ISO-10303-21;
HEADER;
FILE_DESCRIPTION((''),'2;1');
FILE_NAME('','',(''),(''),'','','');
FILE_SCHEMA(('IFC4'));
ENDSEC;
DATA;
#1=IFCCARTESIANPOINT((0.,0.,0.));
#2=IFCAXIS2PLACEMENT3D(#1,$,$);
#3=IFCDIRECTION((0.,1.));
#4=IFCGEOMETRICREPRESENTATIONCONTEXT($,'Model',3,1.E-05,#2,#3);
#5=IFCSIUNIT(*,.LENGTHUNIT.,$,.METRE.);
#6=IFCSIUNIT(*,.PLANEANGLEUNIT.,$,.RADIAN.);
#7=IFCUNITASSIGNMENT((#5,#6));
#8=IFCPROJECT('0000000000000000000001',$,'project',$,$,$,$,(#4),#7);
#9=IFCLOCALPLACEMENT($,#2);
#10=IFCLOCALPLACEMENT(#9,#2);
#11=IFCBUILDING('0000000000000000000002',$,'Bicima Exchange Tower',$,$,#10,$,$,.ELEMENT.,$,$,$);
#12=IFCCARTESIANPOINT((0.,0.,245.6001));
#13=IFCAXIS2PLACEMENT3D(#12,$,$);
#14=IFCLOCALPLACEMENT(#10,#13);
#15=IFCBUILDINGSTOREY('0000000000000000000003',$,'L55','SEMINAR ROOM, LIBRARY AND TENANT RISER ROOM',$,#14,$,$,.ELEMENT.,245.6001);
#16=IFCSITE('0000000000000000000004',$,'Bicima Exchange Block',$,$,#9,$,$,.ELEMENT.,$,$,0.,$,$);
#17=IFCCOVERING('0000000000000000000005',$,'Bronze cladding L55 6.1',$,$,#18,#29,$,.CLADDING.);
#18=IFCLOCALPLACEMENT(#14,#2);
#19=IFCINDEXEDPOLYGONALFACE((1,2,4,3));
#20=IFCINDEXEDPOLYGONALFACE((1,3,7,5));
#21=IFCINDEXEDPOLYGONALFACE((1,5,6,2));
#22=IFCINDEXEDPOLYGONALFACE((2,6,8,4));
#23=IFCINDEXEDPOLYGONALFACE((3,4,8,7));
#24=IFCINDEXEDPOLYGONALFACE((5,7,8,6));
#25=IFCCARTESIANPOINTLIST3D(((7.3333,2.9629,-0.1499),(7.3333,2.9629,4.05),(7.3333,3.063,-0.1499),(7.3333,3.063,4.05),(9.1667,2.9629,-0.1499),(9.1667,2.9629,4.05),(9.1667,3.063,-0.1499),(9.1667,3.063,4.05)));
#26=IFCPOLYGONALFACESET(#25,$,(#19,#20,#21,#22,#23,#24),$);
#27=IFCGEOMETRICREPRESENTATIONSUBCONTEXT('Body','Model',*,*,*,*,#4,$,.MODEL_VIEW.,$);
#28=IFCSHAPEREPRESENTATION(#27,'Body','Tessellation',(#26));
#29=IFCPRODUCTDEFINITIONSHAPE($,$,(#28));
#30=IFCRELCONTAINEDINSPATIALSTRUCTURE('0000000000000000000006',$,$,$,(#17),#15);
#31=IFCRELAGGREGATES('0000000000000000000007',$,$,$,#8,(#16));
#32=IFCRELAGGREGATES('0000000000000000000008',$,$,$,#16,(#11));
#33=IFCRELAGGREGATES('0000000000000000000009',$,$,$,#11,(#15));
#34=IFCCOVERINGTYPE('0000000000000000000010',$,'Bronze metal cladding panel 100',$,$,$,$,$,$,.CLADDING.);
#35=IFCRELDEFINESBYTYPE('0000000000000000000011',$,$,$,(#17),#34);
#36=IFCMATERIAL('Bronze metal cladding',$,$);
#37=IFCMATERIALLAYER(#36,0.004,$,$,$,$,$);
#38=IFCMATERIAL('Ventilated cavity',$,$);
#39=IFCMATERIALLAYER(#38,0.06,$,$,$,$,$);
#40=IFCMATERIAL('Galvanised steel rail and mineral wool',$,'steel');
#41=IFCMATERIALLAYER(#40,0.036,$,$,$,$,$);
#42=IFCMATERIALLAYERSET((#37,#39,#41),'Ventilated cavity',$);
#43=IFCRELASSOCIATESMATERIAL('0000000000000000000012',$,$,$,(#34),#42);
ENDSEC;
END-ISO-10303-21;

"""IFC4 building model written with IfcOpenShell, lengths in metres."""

from ifc_helpers import new_model, si_unit, direction, frame, origin, origin_2d, place, context, subcontext, project, spatial, rectangle, extrude, material, layer, layer_set, type_object, element, save


model = new_model("IFC4")

# Units and contexts
model_context = context("Model", 3, precision=1e-05, world=origin(), true_north=direction((0.0, 1.0)))
body_context = subcontext(model_context, "Body", "Model", "MODEL_VIEW")
ifc_project = project(units=[si_unit("LENGTHUNIT", "METRE"), si_unit("PLANEANGLEUNIT", "RADIAN")], contexts=[model_context])

# Site, building, storey
site_placement = place(None, origin())
site = spatial("IfcSite", under=ifc_project, at=site_placement, Name="Bicima Exchange Block", CompositionType="ELEMENT", RefElevation=0.0)
building_placement = place(site_placement, origin())
building = spatial("IfcBuilding", under=site, at=building_placement, Name="Bicima Exchange Tower", CompositionType="ELEMENT")
storey_placement = place(building_placement, frame((0.0, 0.0, 245.6001)))
storey = spatial("IfcBuildingStorey", under=building, at=storey_placement, Name="L55", Description="SEMINAR ROOM, LIBRARY AND TENANT RISER ROOM", CompositionType="ELEMENT", Elevation=245.6001)

# Covering
ifc_material_1 = material(Name="Bronze metal cladding")
ifc_layer_1 = layer(ifc_material_1, 0.004)
ifc_material_2 = material(Name="Ventilated cavity")
ifc_layer_2 = layer(ifc_material_2, 0.06)
ifc_material_3 = material(Name="Galvanised steel rail and mineral wool", Category="steel")
ifc_layer_3 = layer(ifc_material_3, 0.036)
ifc_layer_set_1 = layer_set([ifc_layer_1, ifc_layer_2, ifc_layer_3], Name="Ventilated cavity")
covering_type = type_object("IfcCoveringType", Name="Bronze metal cladding panel 100", PredefinedType="CLADDING", material=ifc_layer_set_1)
covering_1_placement = place(storey_placement, frame((8.25, 3.0129, -0.1499), z_axis=(0.0, 0.0, 1.0), x_axis=(-1.0, 0.0, 0.0)))
element("IfcCovering", 1, at=covering_1_placement, inside=storey, type_object=covering_type, Name="Bronze cladding L55 6.1", PredefinedType="CLADDING", context=body_context, shape_type="SweptSolid", body=[
    extrude(rectangle(XDim=1.8335, YDim=0.1001, at=origin_2d()), origin(), (0.0, 0.0, 1.0), 4.2),
])

save(model, "model.ifc")
